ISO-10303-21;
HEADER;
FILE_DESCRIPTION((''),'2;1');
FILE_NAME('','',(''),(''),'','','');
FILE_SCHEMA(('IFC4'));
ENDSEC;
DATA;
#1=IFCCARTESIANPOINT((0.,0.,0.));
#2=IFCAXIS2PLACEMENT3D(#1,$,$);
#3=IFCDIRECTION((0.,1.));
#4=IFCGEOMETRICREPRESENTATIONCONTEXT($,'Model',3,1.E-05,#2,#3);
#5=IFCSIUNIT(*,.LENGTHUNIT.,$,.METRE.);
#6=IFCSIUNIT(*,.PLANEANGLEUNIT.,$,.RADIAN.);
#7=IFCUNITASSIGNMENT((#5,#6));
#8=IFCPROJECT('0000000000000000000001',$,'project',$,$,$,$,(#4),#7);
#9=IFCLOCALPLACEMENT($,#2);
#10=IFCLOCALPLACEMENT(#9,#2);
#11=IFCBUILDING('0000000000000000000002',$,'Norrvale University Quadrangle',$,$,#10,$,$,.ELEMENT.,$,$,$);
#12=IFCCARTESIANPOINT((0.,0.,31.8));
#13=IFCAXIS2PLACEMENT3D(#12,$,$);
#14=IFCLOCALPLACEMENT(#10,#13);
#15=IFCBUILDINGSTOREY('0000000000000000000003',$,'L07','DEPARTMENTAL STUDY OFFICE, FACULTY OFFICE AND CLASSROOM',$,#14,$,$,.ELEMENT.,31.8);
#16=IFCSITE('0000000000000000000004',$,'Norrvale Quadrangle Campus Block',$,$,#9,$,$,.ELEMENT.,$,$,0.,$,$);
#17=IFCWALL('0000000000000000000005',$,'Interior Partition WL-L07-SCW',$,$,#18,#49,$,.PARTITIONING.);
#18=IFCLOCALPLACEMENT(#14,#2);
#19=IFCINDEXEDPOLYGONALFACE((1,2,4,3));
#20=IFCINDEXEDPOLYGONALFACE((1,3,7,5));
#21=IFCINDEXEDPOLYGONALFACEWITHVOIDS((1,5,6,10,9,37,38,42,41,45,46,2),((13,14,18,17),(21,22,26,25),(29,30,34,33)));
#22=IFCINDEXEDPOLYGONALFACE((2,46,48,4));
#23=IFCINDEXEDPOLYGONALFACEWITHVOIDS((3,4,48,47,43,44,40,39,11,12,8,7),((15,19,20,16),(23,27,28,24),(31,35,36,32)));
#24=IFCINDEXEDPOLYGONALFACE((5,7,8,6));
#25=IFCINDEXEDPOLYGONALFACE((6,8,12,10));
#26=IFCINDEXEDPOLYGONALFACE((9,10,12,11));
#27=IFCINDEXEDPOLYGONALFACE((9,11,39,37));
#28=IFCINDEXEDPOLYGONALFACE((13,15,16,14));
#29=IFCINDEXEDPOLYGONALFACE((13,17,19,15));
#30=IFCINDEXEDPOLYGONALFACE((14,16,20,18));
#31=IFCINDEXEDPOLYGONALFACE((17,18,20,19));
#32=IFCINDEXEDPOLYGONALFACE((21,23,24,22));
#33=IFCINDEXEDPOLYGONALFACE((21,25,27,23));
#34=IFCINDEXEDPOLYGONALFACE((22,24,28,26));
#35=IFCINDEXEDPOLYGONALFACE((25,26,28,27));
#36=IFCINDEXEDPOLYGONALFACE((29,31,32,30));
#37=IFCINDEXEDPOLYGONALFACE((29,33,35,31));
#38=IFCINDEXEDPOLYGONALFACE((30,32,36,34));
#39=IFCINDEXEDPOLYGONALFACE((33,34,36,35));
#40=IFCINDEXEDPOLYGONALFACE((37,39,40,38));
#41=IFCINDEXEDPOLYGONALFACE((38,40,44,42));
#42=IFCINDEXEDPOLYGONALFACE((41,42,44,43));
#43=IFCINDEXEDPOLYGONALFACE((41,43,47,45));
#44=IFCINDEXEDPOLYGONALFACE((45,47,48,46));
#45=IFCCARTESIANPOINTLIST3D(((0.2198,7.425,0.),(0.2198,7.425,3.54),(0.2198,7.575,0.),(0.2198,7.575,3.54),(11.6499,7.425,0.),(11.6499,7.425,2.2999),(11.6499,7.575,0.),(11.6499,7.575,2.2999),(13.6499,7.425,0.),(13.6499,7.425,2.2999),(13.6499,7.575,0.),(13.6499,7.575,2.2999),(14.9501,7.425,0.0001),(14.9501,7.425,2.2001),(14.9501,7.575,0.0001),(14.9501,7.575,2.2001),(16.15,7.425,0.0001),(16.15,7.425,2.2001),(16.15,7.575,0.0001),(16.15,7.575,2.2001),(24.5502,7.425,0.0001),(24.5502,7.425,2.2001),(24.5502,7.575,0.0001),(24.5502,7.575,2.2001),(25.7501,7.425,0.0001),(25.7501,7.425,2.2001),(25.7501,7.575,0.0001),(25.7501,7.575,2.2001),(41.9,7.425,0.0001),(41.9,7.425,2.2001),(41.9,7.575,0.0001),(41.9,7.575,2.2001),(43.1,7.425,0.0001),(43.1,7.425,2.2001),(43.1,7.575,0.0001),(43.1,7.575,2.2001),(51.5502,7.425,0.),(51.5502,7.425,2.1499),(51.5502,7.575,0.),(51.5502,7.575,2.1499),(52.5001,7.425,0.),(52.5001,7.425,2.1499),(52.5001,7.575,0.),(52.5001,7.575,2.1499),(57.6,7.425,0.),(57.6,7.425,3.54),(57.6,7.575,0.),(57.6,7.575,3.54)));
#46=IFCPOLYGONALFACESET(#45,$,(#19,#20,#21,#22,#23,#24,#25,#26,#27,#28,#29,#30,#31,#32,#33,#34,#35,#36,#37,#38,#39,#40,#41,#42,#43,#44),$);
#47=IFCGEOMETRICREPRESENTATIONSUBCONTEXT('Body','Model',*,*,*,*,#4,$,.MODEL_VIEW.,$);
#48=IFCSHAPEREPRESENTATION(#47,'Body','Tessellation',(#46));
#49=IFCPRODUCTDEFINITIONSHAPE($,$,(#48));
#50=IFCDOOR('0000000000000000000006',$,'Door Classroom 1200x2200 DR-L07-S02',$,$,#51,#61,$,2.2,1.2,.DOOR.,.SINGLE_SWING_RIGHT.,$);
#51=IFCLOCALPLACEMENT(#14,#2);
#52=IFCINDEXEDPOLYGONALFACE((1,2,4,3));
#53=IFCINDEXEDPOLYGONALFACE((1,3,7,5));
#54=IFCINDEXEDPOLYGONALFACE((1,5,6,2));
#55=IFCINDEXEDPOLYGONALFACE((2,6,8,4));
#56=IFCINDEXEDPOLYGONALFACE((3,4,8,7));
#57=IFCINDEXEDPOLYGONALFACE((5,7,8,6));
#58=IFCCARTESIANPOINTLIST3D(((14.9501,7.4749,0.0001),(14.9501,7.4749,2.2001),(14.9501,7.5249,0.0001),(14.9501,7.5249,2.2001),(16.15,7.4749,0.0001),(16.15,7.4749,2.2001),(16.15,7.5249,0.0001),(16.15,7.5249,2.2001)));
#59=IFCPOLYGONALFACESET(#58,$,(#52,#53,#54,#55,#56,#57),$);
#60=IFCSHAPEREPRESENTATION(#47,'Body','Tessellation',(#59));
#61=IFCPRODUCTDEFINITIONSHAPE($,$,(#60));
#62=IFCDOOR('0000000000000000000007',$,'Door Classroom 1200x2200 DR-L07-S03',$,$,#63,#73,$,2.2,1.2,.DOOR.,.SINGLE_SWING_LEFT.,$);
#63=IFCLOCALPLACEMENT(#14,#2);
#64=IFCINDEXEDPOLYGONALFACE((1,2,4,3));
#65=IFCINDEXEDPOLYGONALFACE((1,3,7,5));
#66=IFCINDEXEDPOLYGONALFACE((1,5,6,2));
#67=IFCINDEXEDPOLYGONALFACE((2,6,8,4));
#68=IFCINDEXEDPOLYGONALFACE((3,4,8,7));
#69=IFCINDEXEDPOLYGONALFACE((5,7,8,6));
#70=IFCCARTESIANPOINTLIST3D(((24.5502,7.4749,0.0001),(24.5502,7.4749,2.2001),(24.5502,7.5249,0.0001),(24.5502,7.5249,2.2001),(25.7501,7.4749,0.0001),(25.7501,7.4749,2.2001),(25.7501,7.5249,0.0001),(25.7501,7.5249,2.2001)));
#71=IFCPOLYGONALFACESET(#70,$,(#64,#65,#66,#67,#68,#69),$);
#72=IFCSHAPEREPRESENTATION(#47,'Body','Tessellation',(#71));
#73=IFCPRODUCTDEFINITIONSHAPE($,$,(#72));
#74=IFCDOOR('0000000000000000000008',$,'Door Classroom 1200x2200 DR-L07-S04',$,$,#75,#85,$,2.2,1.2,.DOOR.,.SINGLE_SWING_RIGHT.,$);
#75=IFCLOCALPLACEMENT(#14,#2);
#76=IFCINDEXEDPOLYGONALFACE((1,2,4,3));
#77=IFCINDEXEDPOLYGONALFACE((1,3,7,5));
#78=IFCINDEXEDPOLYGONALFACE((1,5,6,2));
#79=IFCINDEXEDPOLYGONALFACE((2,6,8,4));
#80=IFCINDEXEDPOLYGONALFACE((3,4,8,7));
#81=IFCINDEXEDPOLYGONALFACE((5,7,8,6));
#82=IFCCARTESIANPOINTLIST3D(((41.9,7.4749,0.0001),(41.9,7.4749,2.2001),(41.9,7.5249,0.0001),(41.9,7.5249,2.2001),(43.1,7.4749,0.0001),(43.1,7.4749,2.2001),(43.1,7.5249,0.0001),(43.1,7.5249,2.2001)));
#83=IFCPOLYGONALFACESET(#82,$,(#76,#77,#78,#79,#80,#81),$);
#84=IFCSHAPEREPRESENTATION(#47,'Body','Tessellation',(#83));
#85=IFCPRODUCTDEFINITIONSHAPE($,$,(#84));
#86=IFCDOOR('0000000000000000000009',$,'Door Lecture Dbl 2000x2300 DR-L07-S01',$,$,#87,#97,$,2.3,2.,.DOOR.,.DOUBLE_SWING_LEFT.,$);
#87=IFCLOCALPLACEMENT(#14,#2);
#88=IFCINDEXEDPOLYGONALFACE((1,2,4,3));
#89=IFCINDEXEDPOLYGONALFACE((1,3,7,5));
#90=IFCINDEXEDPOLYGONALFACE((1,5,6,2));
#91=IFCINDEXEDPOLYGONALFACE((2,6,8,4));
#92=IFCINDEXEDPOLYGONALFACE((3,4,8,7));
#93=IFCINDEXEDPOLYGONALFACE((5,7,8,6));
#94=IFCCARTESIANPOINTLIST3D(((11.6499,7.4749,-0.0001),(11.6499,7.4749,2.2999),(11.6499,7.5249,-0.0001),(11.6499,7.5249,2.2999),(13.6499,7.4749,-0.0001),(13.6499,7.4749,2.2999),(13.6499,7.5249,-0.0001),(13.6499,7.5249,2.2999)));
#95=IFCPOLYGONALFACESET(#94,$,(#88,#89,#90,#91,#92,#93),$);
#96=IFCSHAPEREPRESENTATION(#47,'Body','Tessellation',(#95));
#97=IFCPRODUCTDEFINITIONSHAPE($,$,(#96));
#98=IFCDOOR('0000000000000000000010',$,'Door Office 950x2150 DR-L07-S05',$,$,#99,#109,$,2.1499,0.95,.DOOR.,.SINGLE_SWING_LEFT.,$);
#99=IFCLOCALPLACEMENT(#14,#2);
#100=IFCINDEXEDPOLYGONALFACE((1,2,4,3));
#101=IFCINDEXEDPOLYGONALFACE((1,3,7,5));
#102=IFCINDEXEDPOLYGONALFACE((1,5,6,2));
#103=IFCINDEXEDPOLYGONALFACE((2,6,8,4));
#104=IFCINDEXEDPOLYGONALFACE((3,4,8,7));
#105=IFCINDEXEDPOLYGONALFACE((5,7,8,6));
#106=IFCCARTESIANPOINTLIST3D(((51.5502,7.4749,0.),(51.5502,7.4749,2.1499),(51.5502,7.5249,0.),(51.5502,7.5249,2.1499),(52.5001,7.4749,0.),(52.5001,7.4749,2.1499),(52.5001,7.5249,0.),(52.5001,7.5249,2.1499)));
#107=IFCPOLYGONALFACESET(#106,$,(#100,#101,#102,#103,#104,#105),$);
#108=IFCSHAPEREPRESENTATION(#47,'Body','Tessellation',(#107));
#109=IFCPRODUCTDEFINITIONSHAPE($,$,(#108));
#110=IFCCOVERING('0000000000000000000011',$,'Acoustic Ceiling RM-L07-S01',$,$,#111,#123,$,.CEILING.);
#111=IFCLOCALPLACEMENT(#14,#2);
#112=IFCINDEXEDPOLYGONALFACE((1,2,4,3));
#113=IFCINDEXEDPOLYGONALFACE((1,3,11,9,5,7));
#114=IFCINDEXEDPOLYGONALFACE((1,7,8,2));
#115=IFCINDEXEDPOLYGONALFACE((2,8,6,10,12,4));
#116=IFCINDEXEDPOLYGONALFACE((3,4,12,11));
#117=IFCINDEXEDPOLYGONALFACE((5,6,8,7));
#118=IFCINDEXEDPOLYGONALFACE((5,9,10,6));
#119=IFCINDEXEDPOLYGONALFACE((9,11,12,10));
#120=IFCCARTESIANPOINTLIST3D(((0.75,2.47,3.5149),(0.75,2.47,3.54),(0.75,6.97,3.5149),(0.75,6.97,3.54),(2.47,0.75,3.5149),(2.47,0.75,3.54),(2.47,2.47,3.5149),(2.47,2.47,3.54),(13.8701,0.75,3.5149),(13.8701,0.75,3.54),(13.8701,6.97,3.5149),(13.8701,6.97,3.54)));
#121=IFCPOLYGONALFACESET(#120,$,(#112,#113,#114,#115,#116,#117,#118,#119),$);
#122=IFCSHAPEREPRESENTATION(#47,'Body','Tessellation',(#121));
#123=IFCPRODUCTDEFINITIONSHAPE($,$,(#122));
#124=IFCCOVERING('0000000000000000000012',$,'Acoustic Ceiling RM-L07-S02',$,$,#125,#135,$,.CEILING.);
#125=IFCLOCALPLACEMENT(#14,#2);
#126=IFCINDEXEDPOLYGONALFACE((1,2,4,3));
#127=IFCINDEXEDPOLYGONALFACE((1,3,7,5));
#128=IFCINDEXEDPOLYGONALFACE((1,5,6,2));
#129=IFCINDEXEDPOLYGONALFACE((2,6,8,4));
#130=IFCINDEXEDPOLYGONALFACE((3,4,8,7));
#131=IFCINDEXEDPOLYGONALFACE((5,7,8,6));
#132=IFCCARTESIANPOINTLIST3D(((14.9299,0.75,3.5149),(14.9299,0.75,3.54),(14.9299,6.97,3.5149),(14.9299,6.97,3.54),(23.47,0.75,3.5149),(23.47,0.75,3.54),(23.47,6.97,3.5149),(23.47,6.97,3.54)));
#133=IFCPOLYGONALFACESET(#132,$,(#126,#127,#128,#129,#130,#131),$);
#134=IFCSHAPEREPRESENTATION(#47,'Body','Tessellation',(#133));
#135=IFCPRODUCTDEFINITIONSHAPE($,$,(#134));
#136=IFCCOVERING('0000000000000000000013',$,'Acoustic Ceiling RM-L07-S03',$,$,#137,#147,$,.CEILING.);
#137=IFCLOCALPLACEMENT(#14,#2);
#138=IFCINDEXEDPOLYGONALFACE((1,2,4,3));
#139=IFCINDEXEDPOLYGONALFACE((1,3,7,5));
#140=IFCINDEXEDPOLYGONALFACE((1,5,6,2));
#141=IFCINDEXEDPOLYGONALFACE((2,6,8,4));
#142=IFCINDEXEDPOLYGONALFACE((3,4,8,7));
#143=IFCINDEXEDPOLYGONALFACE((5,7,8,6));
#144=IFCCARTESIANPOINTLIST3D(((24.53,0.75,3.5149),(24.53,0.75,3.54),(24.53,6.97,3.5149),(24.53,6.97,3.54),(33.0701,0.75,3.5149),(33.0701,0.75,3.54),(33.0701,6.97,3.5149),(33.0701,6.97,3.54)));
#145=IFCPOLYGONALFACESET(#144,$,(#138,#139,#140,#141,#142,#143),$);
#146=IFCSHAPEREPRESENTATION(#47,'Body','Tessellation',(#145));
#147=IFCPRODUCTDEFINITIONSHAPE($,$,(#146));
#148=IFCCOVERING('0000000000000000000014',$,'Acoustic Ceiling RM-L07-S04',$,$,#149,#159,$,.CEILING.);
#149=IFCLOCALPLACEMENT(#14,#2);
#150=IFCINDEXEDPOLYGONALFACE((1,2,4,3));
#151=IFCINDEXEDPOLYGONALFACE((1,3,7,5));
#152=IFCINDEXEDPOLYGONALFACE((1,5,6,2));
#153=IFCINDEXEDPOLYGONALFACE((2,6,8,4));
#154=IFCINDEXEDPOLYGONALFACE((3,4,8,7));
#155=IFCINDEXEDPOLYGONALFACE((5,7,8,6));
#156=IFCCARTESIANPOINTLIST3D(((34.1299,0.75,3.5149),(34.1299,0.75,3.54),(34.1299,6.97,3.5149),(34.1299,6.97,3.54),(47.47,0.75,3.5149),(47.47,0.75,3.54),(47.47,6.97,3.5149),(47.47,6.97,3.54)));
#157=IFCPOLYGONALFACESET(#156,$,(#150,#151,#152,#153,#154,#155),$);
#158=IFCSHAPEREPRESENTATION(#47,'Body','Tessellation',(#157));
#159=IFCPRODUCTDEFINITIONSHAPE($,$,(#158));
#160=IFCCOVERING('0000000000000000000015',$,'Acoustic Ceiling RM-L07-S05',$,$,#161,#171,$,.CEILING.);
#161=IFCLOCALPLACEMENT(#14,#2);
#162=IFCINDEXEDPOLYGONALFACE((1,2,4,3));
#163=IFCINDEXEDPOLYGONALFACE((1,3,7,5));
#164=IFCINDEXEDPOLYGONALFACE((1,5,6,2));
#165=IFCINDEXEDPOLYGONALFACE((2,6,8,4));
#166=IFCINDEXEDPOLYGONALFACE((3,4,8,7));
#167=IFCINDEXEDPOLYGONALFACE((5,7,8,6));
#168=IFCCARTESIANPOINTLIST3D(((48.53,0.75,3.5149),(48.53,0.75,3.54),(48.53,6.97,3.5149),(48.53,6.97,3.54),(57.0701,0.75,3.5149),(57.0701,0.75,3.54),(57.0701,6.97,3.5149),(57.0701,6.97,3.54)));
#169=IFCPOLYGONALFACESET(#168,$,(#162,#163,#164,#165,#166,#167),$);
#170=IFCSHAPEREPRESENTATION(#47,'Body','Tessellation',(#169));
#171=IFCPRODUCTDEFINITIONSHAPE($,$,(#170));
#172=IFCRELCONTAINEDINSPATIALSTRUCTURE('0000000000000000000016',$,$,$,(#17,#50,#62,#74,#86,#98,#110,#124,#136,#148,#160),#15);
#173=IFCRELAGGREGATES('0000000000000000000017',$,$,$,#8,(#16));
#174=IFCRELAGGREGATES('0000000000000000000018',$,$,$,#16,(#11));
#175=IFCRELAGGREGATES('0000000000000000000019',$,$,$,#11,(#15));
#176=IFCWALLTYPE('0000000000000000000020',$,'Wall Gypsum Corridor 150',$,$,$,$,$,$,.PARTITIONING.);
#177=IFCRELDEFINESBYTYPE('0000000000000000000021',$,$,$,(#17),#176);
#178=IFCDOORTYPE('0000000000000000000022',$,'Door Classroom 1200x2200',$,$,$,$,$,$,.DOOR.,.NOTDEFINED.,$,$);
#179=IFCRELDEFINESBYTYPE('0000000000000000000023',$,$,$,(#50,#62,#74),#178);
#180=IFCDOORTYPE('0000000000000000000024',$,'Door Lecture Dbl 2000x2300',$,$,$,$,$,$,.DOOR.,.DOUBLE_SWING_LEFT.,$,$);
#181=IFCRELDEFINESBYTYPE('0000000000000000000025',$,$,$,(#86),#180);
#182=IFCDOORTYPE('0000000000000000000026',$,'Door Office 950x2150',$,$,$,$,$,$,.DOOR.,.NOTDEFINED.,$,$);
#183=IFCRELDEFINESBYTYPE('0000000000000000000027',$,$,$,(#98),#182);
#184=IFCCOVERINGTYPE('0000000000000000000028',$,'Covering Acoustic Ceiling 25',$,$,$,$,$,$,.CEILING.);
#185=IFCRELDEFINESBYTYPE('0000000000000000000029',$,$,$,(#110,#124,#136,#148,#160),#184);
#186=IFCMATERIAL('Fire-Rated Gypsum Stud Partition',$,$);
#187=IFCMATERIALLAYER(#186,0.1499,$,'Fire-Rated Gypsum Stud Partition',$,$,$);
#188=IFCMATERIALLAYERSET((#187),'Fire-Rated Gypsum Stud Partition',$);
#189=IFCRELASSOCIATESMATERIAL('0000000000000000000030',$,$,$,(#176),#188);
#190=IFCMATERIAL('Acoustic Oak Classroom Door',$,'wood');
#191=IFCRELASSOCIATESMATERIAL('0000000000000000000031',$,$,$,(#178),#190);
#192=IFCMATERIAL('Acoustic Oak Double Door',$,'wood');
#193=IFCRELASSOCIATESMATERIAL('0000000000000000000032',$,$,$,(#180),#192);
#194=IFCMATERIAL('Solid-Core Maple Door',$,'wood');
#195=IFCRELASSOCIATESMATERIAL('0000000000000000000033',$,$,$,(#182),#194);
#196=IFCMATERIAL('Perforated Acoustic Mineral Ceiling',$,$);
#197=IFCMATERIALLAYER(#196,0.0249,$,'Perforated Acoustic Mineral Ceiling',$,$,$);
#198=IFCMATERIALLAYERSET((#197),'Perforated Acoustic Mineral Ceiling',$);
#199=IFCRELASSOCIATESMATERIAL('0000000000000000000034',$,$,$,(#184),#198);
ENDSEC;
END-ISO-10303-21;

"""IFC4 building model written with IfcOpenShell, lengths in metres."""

from ifc_helpers import new_model, si_unit, direction, frame, frame_2d, origin, place, context, subcontext, project, spatial, polyline, rectangle, outline, extrude, material, layer, layer_set, type_object, element, fill, save


model = new_model("IFC4")

# Units and contexts
model_context = context("Model", 3, precision=1e-05, world=origin(), true_north=direction((0.0, 1.0)))
body_context = subcontext(model_context, "Body", "Model", "MODEL_VIEW")
ifc_project = project(units=[si_unit("LENGTHUNIT", "METRE"), si_unit("PLANEANGLEUNIT", "RADIAN")], contexts=[model_context])

# Site, building, storey
site_placement = place(None, origin())
site = spatial("IfcSite", under=ifc_project, at=site_placement, Name="Norrvale Quadrangle Campus Block", CompositionType="ELEMENT", RefElevation=0.0)
building_placement = place(site_placement, origin())
building = spatial("IfcBuilding", under=site, at=building_placement, Name="Norrvale University Quadrangle", CompositionType="ELEMENT")
storey_placement = place(building_placement, frame((0.0, 0.0, 31.8)))
storey = spatial("IfcBuildingStorey", under=building, at=storey_placement, Name="L07", Description="DEPARTMENTAL STUDY OFFICE, FACULTY OFFICE AND CLASSROOM", CompositionType="ELEMENT", Elevation=31.8)

# Wall, openings, doors
ifc_material_1 = material(Name="Fire-Rated Gypsum Stud Partition")
ifc_layer_1 = layer(ifc_material_1, 0.1499, Name="Fire-Rated Gypsum Stud Partition")
ifc_layer_set_1 = layer_set([ifc_layer_1], Name="Fire-Rated Gypsum Stud Partition")
wall_type_1 = type_object("IfcWallType", Name="Wall Gypsum Corridor 150", PredefinedType="PARTITIONING", material=ifc_layer_set_1)
wall_1_placement = place(storey_placement, frame((0.22, 7.5, 0.0), z_axis=(0.0, 0.0, 1.0), x_axis=(1.0, 0.0, 0.0)))
wall_1 = element("IfcWall", 1, at=wall_1_placement, inside=storey, type_object=wall_type_1, Name="Interior Partition WL-L07-SCW", PredefinedType="PARTITIONING", context=body_context, shape_type="SweptSolid", body=[
    extrude(rectangle(XDim=57.3801, YDim=0.1499, at=frame_2d((28.6899, 0.0))), origin(), (0.0, 0.0, 1.0), 3.54),
])
opening_1_placement = place(wall_1_placement, frame((11.4299, 0.0, 0.0)))
opening_1 = element("IfcOpeningElement", 2, at=opening_1_placement, cuts=wall_1, PredefinedType="OPENING", context=body_context, shape_type="SweptSolid", body=[
    extrude(rectangle(XDim=2.0, YDim=2.3, at=frame_2d((1.0, 1.1499))), frame((0.0, 0.0869, 0.0), z_axis=(0.0, -1.0, 0.0), x_axis=(1.0, 0.0, 0.0)), (0.0, 0.0, 1.0), 0.1738),
])
opening_2_placement = place(wall_1_placement, frame((14.73, 0.0, 0.0)))
opening_2 = element("IfcOpeningElement", 3, at=opening_2_placement, cuts=wall_1, PredefinedType="OPENING", context=body_context, shape_type="SweptSolid", body=[
    extrude(rectangle(XDim=1.2, YDim=2.2, at=frame_2d((0.6001, 1.1001))), frame((0.0, 0.0869, 0.0), z_axis=(0.0, -1.0, 0.0), x_axis=(1.0, 0.0, 0.0)), (0.0, 0.0, 1.0), 0.1738),
])
opening_3_placement = place(wall_1_placement, frame((24.3301, 0.0, 0.0)))
opening_3 = element("IfcOpeningElement", 4, at=opening_3_placement, cuts=wall_1, PredefinedType="OPENING", context=body_context, shape_type="SweptSolid", body=[
    extrude(rectangle(XDim=1.2, YDim=2.2, at=frame_2d((0.6001, 1.1001))), frame((0.0, 0.0869, 0.0), z_axis=(0.0, -1.0, 0.0), x_axis=(1.0, 0.0, 0.0)), (0.0, 0.0, 1.0), 0.1738),
])
opening_4_placement = place(wall_1_placement, frame((41.6799, 0.0, 0.0)))
opening_4 = element("IfcOpeningElement", 5, at=opening_4_placement, cuts=wall_1, PredefinedType="OPENING", context=body_context, shape_type="SweptSolid", body=[
    extrude(rectangle(XDim=1.2, YDim=2.2, at=frame_2d((0.6001, 1.1001))), frame((0.0, 0.0869, 0.0), z_axis=(0.0, -1.0, 0.0), x_axis=(1.0, 0.0, 0.0)), (0.0, 0.0, 1.0), 0.1738),
])
opening_5_placement = place(wall_1_placement, frame((51.3301, 0.0, 0.0)))
opening_5 = element("IfcOpeningElement", 6, at=opening_5_placement, cuts=wall_1, PredefinedType="OPENING", context=body_context, shape_type="SweptSolid", body=[
    extrude(rectangle(XDim=0.95, YDim=2.1499, at=frame_2d((0.4751, 1.075))), frame((0.0, 0.0869, 0.0), z_axis=(0.0, -1.0, 0.0), x_axis=(1.0, 0.0, 0.0)), (0.0, 0.0, 1.0), 0.1738),
])
ifc_material_2 = material(Name="Acoustic Oak Classroom Door", Category="wood")
door_type_1 = type_object("IfcDoorType", Name="Door Classroom 1200x2200", OperationType="NOTDEFINED", PredefinedType="DOOR", material=ifc_material_2)
door_1_placement = place(opening_2_placement, origin())
door_1 = element("IfcDoor", 7, at=door_1_placement, inside=storey, type_object=door_type_1, Name="Door Classroom 1200x2200 DR-L07-S02", OperationType="SINGLE_SWING_RIGHT", OverallHeight=2.2, OverallWidth=1.2, PredefinedType="DOOR", context=body_context, shape_type="SweptSolid", body=[
    extrude(rectangle(XDim=1.2, YDim=2.2, at=frame_2d((0.6001, 1.1001))), frame((0.0, 0.0249, 0.0), z_axis=(0.0, -1.0, 0.0), x_axis=(1.0, 0.0, 0.0)), (0.0, 0.0, 1.0), 0.05),
])
fill(opening_2, door_1)
door_2_placement = place(opening_3_placement, origin())
door_2 = element("IfcDoor", 8, at=door_2_placement, inside=storey, type_object=door_type_1, Name="Door Classroom 1200x2200 DR-L07-S03", OperationType="SINGLE_SWING_LEFT", OverallHeight=2.2, OverallWidth=1.2, PredefinedType="DOOR", context=body_context, shape_type="SweptSolid", body=[
    extrude(rectangle(XDim=1.2, YDim=2.2, at=frame_2d((0.6001, 1.1001))), frame((0.0, 0.0249, 0.0), z_axis=(0.0, -1.0, 0.0), x_axis=(1.0, 0.0, 0.0)), (0.0, 0.0, 1.0), 0.05),
])
fill(opening_3, door_2)
door_3_placement = place(opening_4_placement, origin())
door_3 = element("IfcDoor", 9, at=door_3_placement, inside=storey, type_object=door_type_1, Name="Door Classroom 1200x2200 DR-L07-S04", OperationType="SINGLE_SWING_RIGHT", OverallHeight=2.2, OverallWidth=1.2, PredefinedType="DOOR", context=body_context, shape_type="SweptSolid", body=[
    extrude(rectangle(XDim=1.2, YDim=2.2, at=frame_2d((0.6001, 1.1001))), frame((0.0, 0.0249, 0.0), z_axis=(0.0, -1.0, 0.0), x_axis=(1.0, 0.0, 0.0)), (0.0, 0.0, 1.0), 0.05),
])
fill(opening_4, door_3)
ifc_material_3 = material(Name="Acoustic Oak Double Door", Category="wood")
door_type_2 = type_object("IfcDoorType", Name="Door Lecture Dbl 2000x2300", OperationType="DOUBLE_SWING_LEFT", PredefinedType="DOOR", material=ifc_material_3)
door_4_placement = place(opening_1_placement, origin())
door_4 = element("IfcDoor", 10, at=door_4_placement, inside=storey, type_object=door_type_2, Name="Door Lecture Dbl 2000x2300 DR-L07-S01", OperationType="DOUBLE_SWING_LEFT", OverallHeight=2.3, OverallWidth=2.0, PredefinedType="DOOR", context=body_context, shape_type="SweptSolid", body=[
    extrude(rectangle(XDim=2.0, YDim=2.3, at=frame_2d((1.0, 1.1499))), frame((0.0, 0.0249, 0.0), z_axis=(0.0, -1.0, 0.0), x_axis=(1.0, 0.0, 0.0)), (0.0, 0.0, 1.0), 0.05),
])
fill(opening_1, door_4)
ifc_material_4 = material(Name="Solid-Core Maple Door", Category="wood")
door_type_3 = type_object("IfcDoorType", Name="Door Office 950x2150", OperationType="NOTDEFINED", PredefinedType="DOOR", material=ifc_material_4)
door_5_placement = place(opening_5_placement, origin())
door_5 = element("IfcDoor", 11, at=door_5_placement, inside=storey, type_object=door_type_3, Name="Door Office 950x2150 DR-L07-S05", OperationType="SINGLE_SWING_LEFT", OverallHeight=2.1499, OverallWidth=0.95, PredefinedType="DOOR", context=body_context, shape_type="SweptSolid", body=[
    extrude(rectangle(XDim=0.95, YDim=2.1499, at=frame_2d((0.4751, 1.075))), frame((0.0, 0.0249, 0.0), z_axis=(0.0, -1.0, 0.0), x_axis=(1.0, 0.0, 0.0)), (0.0, 0.0, 1.0), 0.05),
])
fill(opening_5, door_5)

# Coverings
ifc_material_5 = material(Name="Perforated Acoustic Mineral Ceiling")
ifc_layer_2 = layer(ifc_material_5, 0.0249, Name="Perforated Acoustic Mineral Ceiling")
ifc_layer_set_2 = layer_set([ifc_layer_2], Name="Perforated Acoustic Mineral Ceiling")
covering_type_1 = type_object("IfcCoveringType", Name="Covering Acoustic Ceiling 25", PredefinedType="CEILING", material=ifc_layer_set_2)
covering_1_placement = place(storey_placement, frame((0.0, 0.0, 3.5149)))
element("IfcCovering", 12, at=covering_1_placement, inside=storey, type_object=covering_type_1, Name="Acoustic Ceiling RM-L07-S01", PredefinedType="CEILING", context=body_context, shape_type="SweptSolid", body=[
    extrude(outline(polyline([(0.75, 6.97), (13.8701, 6.97), (13.8701, 0.75), (2.47, 0.75), (2.47, 2.47), (0.75, 2.47), (0.75, 6.97)])), origin(), (0.0, 0.0, 1.0), 0.0251),
])
covering_2_placement = place(storey_placement, frame((0.0, 0.0, 3.5149)))
element("IfcCovering", 13, at=covering_2_placement, inside=storey, type_object=covering_type_1, Name="Acoustic Ceiling RM-L07-S02", PredefinedType="CEILING", context=body_context, shape_type="SweptSolid", body=[
    extrude(outline(polyline([(14.9299, 6.97), (23.47, 6.97), (23.47, 0.75), (14.9299, 0.75), (14.9299, 6.97)])), origin(), (0.0, 0.0, 1.0), 0.0251),
])
covering_3_placement = place(storey_placement, frame((0.0, 0.0, 3.5149)))
element("IfcCovering", 14, at=covering_3_placement, inside=storey, type_object=covering_type_1, Name="Acoustic Ceiling RM-L07-S03", PredefinedType="CEILING", context=body_context, shape_type="SweptSolid", body=[
    extrude(outline(polyline([(24.53, 6.97), (33.0701, 6.97), (33.0701, 0.75), (24.53, 0.75), (24.53, 6.97)])), origin(), (0.0, 0.0, 1.0), 0.0251),
])
covering_4_placement = place(storey_placement, frame((0.0, 0.0, 3.5149)))
element("IfcCovering", 15, at=covering_4_placement, inside=storey, type_object=covering_type_1, Name="Acoustic Ceiling RM-L07-S04", PredefinedType="CEILING", context=body_context, shape_type="SweptSolid", body=[
    extrude(outline(polyline([(34.1299, 6.97), (47.47, 6.97), (47.47, 0.75), (34.1299, 0.75), (34.1299, 6.97)])), origin(), (0.0, 0.0, 1.0), 0.0251),
])
covering_5_placement = place(storey_placement, frame((0.0, 0.0, 3.5149)))
element("IfcCovering", 16, at=covering_5_placement, inside=storey, type_object=covering_type_1, Name="Acoustic Ceiling RM-L07-S05", PredefinedType="CEILING", context=body_context, shape_type="SweptSolid", body=[
    extrude(outline(polyline([(48.53, 6.97), (57.0701, 6.97), (57.0701, 0.75), (48.53, 0.75), (48.53, 6.97)])), origin(), (0.0, 0.0, 1.0), 0.0251),
])

save(model, "model.ifc")
